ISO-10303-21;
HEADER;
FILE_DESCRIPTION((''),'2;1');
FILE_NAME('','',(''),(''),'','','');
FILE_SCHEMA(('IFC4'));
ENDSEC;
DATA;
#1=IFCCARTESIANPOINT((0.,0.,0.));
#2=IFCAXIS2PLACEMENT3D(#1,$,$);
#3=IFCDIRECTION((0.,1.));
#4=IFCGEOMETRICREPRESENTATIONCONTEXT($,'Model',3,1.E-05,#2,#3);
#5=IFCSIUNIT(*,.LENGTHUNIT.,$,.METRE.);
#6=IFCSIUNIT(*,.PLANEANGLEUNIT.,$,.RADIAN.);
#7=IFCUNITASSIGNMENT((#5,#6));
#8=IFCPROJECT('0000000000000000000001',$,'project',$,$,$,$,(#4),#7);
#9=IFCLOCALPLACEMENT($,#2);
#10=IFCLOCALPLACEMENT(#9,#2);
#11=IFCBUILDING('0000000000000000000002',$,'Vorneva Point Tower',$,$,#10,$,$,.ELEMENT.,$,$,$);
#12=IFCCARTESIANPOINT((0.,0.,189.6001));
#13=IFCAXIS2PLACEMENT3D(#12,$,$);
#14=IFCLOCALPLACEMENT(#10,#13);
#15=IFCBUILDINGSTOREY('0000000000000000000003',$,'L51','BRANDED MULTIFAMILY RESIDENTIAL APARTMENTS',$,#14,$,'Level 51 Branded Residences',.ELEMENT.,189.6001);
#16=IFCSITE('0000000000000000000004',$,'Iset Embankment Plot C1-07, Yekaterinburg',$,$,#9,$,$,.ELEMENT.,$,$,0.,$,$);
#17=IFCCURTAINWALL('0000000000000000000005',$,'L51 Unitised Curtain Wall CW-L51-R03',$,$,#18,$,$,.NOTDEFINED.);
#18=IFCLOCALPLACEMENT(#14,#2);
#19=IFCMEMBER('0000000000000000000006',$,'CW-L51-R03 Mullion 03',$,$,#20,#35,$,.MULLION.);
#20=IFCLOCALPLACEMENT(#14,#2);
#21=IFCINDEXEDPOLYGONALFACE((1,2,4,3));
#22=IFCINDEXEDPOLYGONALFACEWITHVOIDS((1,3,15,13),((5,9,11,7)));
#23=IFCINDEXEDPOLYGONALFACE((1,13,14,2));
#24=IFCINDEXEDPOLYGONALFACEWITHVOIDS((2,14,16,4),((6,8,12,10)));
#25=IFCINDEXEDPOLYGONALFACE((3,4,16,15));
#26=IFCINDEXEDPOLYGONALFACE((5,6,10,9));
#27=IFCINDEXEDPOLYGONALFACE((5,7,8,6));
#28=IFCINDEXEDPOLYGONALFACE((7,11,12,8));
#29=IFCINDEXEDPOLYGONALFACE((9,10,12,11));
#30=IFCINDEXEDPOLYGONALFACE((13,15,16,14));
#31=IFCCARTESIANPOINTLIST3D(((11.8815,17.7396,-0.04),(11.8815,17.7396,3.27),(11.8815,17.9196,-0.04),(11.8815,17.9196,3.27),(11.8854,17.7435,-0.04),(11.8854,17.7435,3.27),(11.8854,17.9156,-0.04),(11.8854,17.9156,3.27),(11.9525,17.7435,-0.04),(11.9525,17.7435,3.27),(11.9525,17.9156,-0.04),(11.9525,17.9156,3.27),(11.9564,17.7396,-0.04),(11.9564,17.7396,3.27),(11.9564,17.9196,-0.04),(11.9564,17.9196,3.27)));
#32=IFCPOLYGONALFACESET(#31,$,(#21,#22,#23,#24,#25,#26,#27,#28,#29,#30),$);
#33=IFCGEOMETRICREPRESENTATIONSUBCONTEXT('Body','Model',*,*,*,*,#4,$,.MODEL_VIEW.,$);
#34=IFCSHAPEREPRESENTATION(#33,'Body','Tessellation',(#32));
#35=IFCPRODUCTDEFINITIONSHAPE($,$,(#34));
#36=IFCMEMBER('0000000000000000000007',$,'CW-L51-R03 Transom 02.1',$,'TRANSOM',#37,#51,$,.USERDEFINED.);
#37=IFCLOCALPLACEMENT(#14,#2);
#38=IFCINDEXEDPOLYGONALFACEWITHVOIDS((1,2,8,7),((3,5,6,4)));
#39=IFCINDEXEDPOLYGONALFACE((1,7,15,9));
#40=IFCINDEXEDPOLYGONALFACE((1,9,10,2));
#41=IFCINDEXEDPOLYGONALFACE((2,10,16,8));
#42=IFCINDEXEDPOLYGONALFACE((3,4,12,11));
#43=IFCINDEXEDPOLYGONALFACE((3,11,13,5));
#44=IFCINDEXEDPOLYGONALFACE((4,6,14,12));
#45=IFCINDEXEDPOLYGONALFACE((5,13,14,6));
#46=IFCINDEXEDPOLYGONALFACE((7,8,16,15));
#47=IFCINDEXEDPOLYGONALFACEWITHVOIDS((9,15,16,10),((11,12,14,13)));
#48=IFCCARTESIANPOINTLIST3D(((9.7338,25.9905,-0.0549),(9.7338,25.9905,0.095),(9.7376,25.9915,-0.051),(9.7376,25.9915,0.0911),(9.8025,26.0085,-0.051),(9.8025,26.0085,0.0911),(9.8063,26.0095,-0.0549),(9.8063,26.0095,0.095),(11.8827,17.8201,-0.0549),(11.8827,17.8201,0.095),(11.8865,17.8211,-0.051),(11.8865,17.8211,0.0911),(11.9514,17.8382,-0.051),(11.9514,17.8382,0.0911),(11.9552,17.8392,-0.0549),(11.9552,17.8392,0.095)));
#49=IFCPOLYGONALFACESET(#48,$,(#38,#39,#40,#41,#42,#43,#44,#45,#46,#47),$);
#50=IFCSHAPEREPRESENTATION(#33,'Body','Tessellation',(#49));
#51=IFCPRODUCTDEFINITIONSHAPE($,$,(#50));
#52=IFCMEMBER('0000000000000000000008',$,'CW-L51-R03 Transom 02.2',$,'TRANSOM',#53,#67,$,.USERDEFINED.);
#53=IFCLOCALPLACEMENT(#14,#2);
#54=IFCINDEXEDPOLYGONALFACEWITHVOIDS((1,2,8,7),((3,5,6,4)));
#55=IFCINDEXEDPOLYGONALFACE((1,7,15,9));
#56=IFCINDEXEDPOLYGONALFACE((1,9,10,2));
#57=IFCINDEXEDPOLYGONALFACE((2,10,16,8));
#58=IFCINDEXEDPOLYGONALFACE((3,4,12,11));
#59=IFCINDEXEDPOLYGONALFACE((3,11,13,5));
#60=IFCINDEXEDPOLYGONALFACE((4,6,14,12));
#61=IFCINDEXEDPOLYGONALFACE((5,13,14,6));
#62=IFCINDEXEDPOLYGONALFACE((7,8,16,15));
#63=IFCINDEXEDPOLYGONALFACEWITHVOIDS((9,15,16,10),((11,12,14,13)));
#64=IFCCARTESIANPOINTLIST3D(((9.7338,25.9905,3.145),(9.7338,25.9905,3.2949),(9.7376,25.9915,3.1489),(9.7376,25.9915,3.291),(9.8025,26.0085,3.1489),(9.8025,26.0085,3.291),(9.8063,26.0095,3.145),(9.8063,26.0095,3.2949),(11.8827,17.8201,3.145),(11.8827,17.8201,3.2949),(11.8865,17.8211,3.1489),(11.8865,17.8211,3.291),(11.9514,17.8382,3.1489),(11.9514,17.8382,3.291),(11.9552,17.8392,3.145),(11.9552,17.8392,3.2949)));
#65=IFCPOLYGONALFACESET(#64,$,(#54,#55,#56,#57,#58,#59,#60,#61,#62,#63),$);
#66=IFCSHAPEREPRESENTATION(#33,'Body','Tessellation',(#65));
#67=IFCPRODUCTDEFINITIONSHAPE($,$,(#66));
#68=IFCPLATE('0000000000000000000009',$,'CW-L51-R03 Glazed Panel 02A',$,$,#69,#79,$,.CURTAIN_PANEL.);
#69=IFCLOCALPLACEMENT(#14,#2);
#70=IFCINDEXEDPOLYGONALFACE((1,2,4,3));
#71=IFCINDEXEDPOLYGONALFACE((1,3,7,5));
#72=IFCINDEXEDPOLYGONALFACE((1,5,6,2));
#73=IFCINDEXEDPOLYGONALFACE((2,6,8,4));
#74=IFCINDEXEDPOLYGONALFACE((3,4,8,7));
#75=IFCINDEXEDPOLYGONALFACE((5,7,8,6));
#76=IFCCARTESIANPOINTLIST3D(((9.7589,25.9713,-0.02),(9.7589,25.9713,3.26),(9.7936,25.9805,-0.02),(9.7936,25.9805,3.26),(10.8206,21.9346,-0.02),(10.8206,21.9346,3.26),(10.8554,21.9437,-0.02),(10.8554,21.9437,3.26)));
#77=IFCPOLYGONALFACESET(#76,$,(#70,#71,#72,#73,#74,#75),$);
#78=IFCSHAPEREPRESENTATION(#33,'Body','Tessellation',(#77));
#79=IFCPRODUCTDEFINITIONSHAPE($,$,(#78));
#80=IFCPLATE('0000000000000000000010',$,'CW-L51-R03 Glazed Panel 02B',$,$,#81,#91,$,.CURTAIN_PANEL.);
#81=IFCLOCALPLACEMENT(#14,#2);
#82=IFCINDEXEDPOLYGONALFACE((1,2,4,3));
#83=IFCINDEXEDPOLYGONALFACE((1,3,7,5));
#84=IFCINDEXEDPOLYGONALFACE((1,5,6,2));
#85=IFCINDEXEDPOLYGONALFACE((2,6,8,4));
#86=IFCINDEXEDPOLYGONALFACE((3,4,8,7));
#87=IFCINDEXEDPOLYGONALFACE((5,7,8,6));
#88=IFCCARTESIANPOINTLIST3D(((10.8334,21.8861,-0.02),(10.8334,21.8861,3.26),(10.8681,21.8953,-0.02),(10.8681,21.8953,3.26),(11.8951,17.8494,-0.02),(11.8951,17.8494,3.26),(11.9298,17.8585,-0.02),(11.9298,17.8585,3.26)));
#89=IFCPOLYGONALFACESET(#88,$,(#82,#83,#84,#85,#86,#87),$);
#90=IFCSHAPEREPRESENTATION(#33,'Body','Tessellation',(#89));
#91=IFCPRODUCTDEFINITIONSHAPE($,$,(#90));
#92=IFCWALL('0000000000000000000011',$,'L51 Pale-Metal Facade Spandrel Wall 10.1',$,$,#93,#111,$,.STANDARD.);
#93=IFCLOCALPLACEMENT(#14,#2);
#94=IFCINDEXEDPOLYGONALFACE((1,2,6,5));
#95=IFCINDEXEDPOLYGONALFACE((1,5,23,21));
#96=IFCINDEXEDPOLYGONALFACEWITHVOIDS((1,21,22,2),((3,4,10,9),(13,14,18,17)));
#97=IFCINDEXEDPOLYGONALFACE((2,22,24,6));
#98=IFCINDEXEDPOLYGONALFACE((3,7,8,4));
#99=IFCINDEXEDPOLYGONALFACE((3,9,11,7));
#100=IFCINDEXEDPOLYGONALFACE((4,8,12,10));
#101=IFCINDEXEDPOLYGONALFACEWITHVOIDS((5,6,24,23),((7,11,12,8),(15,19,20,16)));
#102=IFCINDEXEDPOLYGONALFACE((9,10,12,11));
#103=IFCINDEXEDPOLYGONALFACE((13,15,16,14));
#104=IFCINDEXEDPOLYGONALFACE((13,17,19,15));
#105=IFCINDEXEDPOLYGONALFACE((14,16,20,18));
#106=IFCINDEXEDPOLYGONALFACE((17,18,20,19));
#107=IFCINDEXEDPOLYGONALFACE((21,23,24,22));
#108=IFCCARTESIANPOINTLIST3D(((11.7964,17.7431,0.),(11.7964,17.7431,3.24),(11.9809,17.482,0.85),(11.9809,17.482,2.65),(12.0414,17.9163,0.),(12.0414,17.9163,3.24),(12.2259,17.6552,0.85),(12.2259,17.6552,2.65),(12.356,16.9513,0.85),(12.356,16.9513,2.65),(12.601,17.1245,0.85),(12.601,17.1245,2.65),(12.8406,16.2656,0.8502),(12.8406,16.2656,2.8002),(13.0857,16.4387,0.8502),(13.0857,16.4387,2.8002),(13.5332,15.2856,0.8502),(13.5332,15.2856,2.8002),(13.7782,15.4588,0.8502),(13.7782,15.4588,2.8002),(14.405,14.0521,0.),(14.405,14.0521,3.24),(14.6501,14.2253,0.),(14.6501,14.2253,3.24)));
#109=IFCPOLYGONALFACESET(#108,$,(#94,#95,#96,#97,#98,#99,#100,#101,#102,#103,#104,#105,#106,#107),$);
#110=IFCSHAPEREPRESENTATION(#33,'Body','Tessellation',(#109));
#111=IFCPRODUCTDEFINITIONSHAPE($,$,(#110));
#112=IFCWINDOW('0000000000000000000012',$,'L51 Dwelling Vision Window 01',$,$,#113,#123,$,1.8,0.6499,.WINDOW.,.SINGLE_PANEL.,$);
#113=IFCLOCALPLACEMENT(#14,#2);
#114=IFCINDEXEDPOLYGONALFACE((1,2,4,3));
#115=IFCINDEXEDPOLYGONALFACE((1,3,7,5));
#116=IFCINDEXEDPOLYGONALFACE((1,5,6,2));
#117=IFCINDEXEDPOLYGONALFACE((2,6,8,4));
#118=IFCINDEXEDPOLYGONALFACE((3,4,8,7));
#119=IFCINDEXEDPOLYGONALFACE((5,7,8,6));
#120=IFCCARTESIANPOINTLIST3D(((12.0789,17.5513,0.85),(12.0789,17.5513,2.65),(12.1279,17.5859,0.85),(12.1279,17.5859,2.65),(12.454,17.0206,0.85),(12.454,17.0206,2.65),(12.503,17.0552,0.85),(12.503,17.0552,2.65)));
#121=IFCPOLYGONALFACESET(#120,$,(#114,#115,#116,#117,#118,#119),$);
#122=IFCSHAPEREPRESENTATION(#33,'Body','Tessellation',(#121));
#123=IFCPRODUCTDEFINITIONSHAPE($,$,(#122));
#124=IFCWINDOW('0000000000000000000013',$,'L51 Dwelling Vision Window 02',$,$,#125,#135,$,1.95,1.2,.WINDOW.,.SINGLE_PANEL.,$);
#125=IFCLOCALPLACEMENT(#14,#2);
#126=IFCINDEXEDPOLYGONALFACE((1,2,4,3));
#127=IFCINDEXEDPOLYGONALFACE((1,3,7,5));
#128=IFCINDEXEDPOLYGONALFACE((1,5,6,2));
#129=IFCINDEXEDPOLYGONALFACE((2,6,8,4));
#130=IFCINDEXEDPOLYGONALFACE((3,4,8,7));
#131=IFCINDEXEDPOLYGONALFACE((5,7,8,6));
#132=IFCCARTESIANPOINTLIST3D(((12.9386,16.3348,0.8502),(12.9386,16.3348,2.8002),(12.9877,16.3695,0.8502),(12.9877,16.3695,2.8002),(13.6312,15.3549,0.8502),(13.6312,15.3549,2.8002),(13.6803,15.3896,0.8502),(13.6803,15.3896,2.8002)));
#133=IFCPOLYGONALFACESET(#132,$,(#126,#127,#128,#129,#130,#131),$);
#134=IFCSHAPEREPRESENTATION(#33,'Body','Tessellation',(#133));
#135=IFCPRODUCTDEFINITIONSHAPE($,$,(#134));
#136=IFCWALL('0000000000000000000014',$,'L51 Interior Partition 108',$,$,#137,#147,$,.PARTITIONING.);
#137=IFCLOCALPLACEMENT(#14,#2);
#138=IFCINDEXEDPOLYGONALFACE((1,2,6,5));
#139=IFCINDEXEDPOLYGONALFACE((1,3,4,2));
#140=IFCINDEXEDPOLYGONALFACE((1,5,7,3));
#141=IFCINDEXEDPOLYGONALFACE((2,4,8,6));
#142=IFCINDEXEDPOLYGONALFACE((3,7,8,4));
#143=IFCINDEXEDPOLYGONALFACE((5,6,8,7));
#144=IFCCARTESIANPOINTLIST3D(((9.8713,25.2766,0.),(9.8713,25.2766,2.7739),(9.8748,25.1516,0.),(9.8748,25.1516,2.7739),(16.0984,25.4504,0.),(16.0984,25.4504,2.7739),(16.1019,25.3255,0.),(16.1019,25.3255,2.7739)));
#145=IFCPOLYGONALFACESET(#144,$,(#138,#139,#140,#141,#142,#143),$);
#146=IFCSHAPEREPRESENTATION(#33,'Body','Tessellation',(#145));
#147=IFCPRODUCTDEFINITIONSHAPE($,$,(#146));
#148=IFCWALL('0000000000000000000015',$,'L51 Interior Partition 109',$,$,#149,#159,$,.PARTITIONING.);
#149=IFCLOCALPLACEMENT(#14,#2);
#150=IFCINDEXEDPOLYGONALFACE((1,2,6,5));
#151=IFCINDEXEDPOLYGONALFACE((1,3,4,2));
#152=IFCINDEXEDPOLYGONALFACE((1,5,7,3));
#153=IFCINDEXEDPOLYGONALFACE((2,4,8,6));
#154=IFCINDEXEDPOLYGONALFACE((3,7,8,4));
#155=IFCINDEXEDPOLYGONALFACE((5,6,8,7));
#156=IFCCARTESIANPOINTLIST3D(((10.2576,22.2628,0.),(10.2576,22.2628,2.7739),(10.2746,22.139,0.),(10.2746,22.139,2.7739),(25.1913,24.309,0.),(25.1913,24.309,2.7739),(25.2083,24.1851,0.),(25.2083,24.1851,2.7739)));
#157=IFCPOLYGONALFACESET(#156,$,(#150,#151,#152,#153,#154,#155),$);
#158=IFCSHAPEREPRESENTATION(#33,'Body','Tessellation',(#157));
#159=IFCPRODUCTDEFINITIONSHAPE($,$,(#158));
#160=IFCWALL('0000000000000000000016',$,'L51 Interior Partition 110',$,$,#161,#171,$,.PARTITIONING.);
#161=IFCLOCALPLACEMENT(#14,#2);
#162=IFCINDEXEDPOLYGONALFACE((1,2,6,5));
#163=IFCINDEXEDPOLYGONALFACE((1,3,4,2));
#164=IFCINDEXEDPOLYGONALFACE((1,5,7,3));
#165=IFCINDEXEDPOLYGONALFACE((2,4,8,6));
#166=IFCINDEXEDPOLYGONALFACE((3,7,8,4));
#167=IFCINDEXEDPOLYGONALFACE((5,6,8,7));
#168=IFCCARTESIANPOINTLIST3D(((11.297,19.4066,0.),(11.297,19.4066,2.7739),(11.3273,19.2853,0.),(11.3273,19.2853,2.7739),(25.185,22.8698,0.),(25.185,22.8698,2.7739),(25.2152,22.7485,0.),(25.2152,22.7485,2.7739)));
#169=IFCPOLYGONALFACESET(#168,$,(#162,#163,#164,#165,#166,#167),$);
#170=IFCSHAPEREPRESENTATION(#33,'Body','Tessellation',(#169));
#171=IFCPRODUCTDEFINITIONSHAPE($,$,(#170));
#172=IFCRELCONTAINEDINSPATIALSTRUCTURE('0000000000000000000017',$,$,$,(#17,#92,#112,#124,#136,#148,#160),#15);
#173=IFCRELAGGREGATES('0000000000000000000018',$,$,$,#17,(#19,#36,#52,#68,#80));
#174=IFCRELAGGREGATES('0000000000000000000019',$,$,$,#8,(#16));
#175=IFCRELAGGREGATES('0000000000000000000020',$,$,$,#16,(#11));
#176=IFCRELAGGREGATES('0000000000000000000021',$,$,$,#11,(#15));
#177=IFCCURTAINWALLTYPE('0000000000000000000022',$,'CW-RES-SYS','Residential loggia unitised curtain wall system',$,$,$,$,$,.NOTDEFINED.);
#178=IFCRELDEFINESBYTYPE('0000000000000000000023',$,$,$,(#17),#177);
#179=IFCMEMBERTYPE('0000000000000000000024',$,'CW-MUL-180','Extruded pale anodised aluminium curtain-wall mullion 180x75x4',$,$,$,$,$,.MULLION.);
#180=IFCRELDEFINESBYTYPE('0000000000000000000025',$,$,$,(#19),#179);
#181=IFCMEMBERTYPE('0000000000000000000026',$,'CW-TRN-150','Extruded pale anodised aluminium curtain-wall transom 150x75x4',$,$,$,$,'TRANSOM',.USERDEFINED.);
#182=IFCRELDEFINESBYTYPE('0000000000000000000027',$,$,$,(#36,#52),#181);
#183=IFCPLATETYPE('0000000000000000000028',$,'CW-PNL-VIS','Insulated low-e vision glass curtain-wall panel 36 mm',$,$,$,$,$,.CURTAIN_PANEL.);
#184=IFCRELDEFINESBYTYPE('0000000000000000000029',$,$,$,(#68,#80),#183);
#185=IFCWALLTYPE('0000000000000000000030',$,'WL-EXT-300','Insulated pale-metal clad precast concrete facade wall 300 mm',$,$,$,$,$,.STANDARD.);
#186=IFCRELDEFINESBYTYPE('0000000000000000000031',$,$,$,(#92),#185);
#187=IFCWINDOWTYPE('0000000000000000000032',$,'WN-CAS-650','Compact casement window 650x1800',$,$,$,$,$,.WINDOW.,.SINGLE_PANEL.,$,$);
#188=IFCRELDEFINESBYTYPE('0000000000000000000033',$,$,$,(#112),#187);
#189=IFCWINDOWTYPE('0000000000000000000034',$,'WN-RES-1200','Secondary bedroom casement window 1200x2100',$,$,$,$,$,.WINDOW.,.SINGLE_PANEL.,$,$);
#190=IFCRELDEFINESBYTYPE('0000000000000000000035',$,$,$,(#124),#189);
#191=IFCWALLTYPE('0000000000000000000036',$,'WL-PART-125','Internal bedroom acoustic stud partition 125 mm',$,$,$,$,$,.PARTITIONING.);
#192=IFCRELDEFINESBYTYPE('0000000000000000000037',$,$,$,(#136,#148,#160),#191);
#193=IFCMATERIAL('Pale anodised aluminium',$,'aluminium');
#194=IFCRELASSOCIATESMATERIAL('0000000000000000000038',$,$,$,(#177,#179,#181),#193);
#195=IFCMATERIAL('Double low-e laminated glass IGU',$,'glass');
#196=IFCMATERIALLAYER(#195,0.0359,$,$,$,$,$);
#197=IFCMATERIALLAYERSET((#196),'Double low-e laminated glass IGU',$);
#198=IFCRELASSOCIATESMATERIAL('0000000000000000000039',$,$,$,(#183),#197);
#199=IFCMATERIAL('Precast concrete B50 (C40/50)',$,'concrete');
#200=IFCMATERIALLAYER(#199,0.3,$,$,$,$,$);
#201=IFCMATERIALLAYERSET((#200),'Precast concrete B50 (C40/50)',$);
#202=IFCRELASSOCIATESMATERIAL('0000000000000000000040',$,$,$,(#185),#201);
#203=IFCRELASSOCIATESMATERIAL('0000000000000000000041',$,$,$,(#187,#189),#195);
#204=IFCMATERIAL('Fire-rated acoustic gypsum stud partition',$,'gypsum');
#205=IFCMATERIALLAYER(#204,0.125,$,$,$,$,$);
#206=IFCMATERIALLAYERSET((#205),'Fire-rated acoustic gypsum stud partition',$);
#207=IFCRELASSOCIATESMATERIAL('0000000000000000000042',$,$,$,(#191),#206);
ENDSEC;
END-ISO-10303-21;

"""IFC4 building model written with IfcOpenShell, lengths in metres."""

from ifc_helpers import new_model, si_unit, direction, frame, frame_2d, origin, origin_2d, place, context, subcontext, project, spatial, rectangle, hollow_rectangle, extrude, material, layer, layer_set, material_profile, profile_set, type_object, element, fill, aggregate, save


model = new_model("IFC4")

# Units and contexts
model_context = context("Model", 3, precision=1e-05, world=origin(), true_north=direction((0.0, 1.0)))
body_context = subcontext(model_context, "Body", "Model", "MODEL_VIEW")
ifc_project = project(units=[si_unit("LENGTHUNIT", "METRE"), si_unit("PLANEANGLEUNIT", "RADIAN")], contexts=[model_context])

# Site, building, storey
site_placement = place(None, origin())
site = spatial("IfcSite", under=ifc_project, at=site_placement, Name="Iset Embankment Plot C1-07, Yekaterinburg", CompositionType="ELEMENT", RefElevation=0.0)
building_placement = place(site_placement, origin())
building = spatial("IfcBuilding", under=site, at=building_placement, Name="Vorneva Point Tower", CompositionType="ELEMENT")
storey_placement = place(building_placement, frame((0.0, 0.0, 189.6001)))
storey = spatial("IfcBuildingStorey", under=building, at=storey_placement, Name="L51", Description="BRANDED MULTIFAMILY RESIDENTIAL APARTMENTS", LongName="Level 51 Branded Residences", CompositionType="ELEMENT", Elevation=189.6001)

# Curtain wall, members, plates
ifc_material_1 = material(Name="Pale anodised aluminium", Category="aluminium")
curtain_wall_type = type_object("IfcCurtainWallType", Name="CW-RES-SYS", Description="Residential loggia unitised curtain wall system", PredefinedType="NOTDEFINED", material=ifc_material_1)
curtain_wall_placement = place(storey_placement, origin())
curtain_wall = element("IfcCurtainWall", 1, at=curtain_wall_placement, inside=storey, type_object=curtain_wall_type, Name="L51 Unitised Curtain Wall CW-L51-R03", PredefinedType="NOTDEFINED")
ifc_material_profile_1 = material_profile(ifc_material_1, hollow_rectangle(XDim=0.075, YDim=0.1799, WallThickness=0.0039, at=origin_2d()), Name="AL-MUL 180x75x4")
ifc_profile_set_1 = profile_set([ifc_material_profile_1], Name="Pale anodised aluminium")
member_type_1 = type_object("IfcMemberType", Name="CW-MUL-180", Description="Extruded pale anodised aluminium curtain-wall mullion 180x75x4", PredefinedType="MULLION", material=ifc_profile_set_1)
member_1_placement = place(storey_placement, frame((11.9189, 17.8296, -0.04), z_axis=(0.0, 0.0, 1.0), x_axis=(1.0, 0.0, 0.0)))
member_1 = element("IfcMember", 2, at=member_1_placement, type_object=member_type_1, Name="CW-L51-R03 Mullion 03", PredefinedType="MULLION", context=body_context, shape_type="SweptSolid", body=[
    extrude(hollow_rectangle(XDim=0.075, YDim=0.1799, WallThickness=0.0039, at=origin_2d()), origin(), (0.0, 0.0, 1.0), 3.3101),
])
ifc_material_profile_2 = material_profile(ifc_material_1, hollow_rectangle(XDim=0.075, YDim=0.1499, WallThickness=0.0039, at=origin_2d()), Name="AL-TRN 150x75x4")
ifc_profile_set_2 = profile_set([ifc_material_profile_2], Name="Pale anodised aluminium")
member_type_2 = type_object("IfcMemberType", Name="CW-TRN-150", Description="Extruded pale anodised aluminium curtain-wall transom 150x75x4", ElementType="TRANSOM", PredefinedType="USERDEFINED", material=ifc_profile_set_2)
member_2_placement = place(storey_placement, frame((9.77, 26.0, 0.02), z_axis=(0.254362, -0.967109, 0.0), x_axis=(0.967109, 0.254362, 0.0)))
member_2 = element("IfcMember", 3, at=member_2_placement, type_object=member_type_2, Name="CW-L51-R03 Transom 02.1", ObjectType="TRANSOM", PredefinedType="USERDEFINED", context=body_context, shape_type="SweptSolid", body=[
    extrude(hollow_rectangle(XDim=0.075, YDim=0.1499, WallThickness=0.0039, at=origin_2d()), origin(), (0.0, 0.0, 1.0), 8.4482),
])
member_3_placement = place(storey_placement, frame((9.77, 26.0, 3.22), z_axis=(0.254362, -0.967109, 0.0), x_axis=(0.967109, 0.254362, 0.0)))
member_3 = element("IfcMember", 4, at=member_3_placement, type_object=member_type_2, Name="CW-L51-R03 Transom 02.2", ObjectType="TRANSOM", PredefinedType="USERDEFINED", context=body_context, shape_type="SweptSolid", body=[
    extrude(hollow_rectangle(XDim=0.075, YDim=0.1499, WallThickness=0.0039, at=origin_2d()), origin(), (0.0, 0.0, 1.0), 8.4482),
])
ifc_material_2 = material(Name="Double low-e laminated glass IGU", Category="glass")
ifc_layer_1 = layer(ifc_material_2, 0.0359)
ifc_layer_set_1 = layer_set([ifc_layer_1], Name="Double low-e laminated glass IGU")
plate_type = type_object("IfcPlateType", Name="CW-PNL-VIS", Description="Insulated low-e vision glass curtain-wall panel 36 mm", PredefinedType="CURTAIN_PANEL", material=ifc_layer_set_1)
plate_1_placement = place(storey_placement, frame((10.3071, 23.9575, -0.02), z_axis=(0.0, 0.0, 1.0), x_axis=(0.254366, -0.967108, 0.0)))
plate_1 = element("IfcPlate", 5, at=plate_1_placement, type_object=plate_type, Name="CW-L51-R03 Glazed Panel 02A", PredefinedType="CURTAIN_PANEL", context=body_context, shape_type="SweptSolid", body=[
    extrude(rectangle(XDim=4.1741, YDim=0.0359, at=origin_2d()), origin(), (0.0, 0.0, 1.0), 3.28),
])
plate_2_placement = place(storey_placement, frame((11.3816, 19.8723, -0.02), z_axis=(0.0, 0.0, 1.0), x_axis=(0.254366, -0.967108, 0.0)))
plate_2 = element("IfcPlate", 6, at=plate_2_placement, type_object=plate_type, Name="CW-L51-R03 Glazed Panel 02B", PredefinedType="CURTAIN_PANEL", context=body_context, shape_type="SweptSolid", body=[
    extrude(rectangle(XDim=4.1741, YDim=0.0359, at=origin_2d()), origin(), (0.0, 0.0, 1.0), 3.28),
])
aggregate(curtain_wall, [member_1, member_2, member_3, plate_1, plate_2])

# Wall, openings, windows
ifc_material_3 = material(Name="Precast concrete B50 (C40/50)", Category="concrete")
ifc_layer_2 = layer(ifc_material_3, 0.3)
ifc_layer_set_2 = layer_set([ifc_layer_2], Name="Precast concrete B50 (C40/50)")
wall_type_1 = type_object("IfcWallType", Name="WL-EXT-300", Description="Insulated pale-metal clad precast concrete facade wall 300 mm", PredefinedType="STANDARD", material=ifc_layer_set_2)
wall_1_placement = place(storey_placement, frame((11.9189, 17.8296, 0.0), z_axis=(0.0, 0.0, 1.0), x_axis=(0.577169, -0.816625, 0.0)))
wall_1 = element("IfcWall", 7, at=wall_1_placement, inside=storey, type_object=wall_type_1, Name="L51 Pale-Metal Facade Spandrel Wall 10.1", PredefinedType="STANDARD", context=body_context, shape_type="SweptSolid", body=[
    extrude(rectangle(XDim=4.5198, YDim=0.3, at=frame_2d((2.2598, 0.0))), origin(), (0.0, 0.0, 1.0), 3.24),
])
opening_1_placement = place(wall_1_placement, frame((0.3196, 0.0, 0.8501)))
opening_1 = element("IfcOpeningElement", 8, at=opening_1_placement, cuts=wall_1, PredefinedType="OPENING", context=body_context, shape_type="SweptSolid", body=[
    extrude(rectangle(XDim=0.6499, YDim=1.8, at=frame_2d((0.325, 0.8999))), frame((0.0, 0.165, 0.0), z_axis=(0.0, -1.0, 0.0), x_axis=(1.0, 0.0, 0.0)), (0.0, 0.0, 1.0), 0.3298),
])
opening_2_placement = place(wall_1_placement, frame((1.8091, 0.0, 0.8501)))
opening_2 = element("IfcOpeningElement", 9, at=opening_2_placement, cuts=wall_1, PredefinedType="OPENING", context=body_context, shape_type="SweptSolid", body=[
    extrude(rectangle(XDim=1.2, YDim=1.95, at=frame_2d((0.6001, 0.9751))), frame((0.0, 0.165, 0.0), z_axis=(0.0, -1.0, 0.0), x_axis=(1.0, 0.0, 0.0)), (0.0, 0.0, 1.0), 0.3298),
])
window_type_1 = type_object("IfcWindowType", Name="WN-CAS-650", Description="Compact casement window 650x1800", PartitioningType="SINGLE_PANEL", PredefinedType="WINDOW", material=ifc_material_2)
window_1_placement = place(opening_1_placement, origin())
window_1 = element("IfcWindow", 10, at=window_1_placement, inside=storey, type_object=window_type_1, Name="L51 Dwelling Vision Window 01", OverallHeight=1.8, OverallWidth=0.6499, PartitioningType="SINGLE_PANEL", PredefinedType="WINDOW", context=body_context, shape_type="SweptSolid", body=[
    extrude(rectangle(XDim=0.6499, YDim=1.8, at=frame_2d((0.325, 0.8999))), frame((0.0, 0.03, 0.0), z_axis=(0.0, -1.0, 0.0), x_axis=(1.0, 0.0, 0.0)), (0.0, 0.0, 1.0), 0.0601),
])
fill(opening_1, window_1)
window_type_2 = type_object("IfcWindowType", Name="WN-RES-1200", Description="Secondary bedroom casement window 1200x2100", PartitioningType="SINGLE_PANEL", PredefinedType="WINDOW", material=ifc_material_2)
window_2_placement = place(opening_2_placement, origin())
window_2 = element("IfcWindow", 11, at=window_2_placement, inside=storey, type_object=window_type_2, Name="L51 Dwelling Vision Window 02", OverallHeight=1.95, OverallWidth=1.2, PartitioningType="SINGLE_PANEL", PredefinedType="WINDOW", context=body_context, shape_type="SweptSolid", body=[
    extrude(rectangle(XDim=1.2, YDim=1.95, at=frame_2d((0.6001, 0.9751))), frame((0.0, 0.03, 0.0), z_axis=(0.0, -1.0, 0.0), x_axis=(1.0, 0.0, 0.0)), (0.0, 0.0, 1.0), 0.0601),
])
fill(opening_2, window_2)

# Walls
ifc_material_4 = material(Name="Fire-rated acoustic gypsum stud partition", Category="gypsum")
ifc_layer_3 = layer(ifc_material_4, 0.125)
ifc_layer_set_3 = layer_set([ifc_layer_3], Name="Fire-rated acoustic gypsum stud partition")
wall_type_2 = type_object("IfcWallType", Name="WL-PART-125", Description="Internal bedroom acoustic stud partition 125 mm", PredefinedType="PARTITIONING", material=ifc_layer_set_3)
wall_2_placement = place(storey_placement, frame((9.873, 25.2141, 0.0), z_axis=(0.0, 0.0, 1.0), x_axis=(0.999611, 0.027904, 0.0)))
element("IfcWall", 12, at=wall_2_placement, inside=storey, type_object=wall_type_2, Name="L51 Interior Partition 108", PredefinedType="PARTITIONING", context=body_context, shape_type="SweptSolid", body=[
    extrude(rectangle(XDim=6.2295, YDim=0.125, at=frame_2d((3.1147, 0.0))), origin(), (0.0, 0.0, 1.0), 2.7739),
])
wall_3_placement = place(storey_placement, frame((10.2661, 22.2009, 0.0), z_axis=(0.0, 0.0, 1.0), x_axis=(0.990744, 0.135746, 0.0)))
element("IfcWall", 13, at=wall_3_placement, inside=storey, type_object=wall_type_2, Name="L51 Interior Partition 109", PredefinedType="PARTITIONING", context=body_context, shape_type="SweptSolid", body=[
    extrude(rectangle(XDim=15.0732, YDim=0.125, at=frame_2d((7.5366, 0.0))), origin(), (0.0, 0.0, 1.0), 2.7739),
])
wall_4_placement = place(storey_placement, frame((11.312, 19.3459, 0.0), z_axis=(0.0, 0.0, 1.0), x_axis=(0.970288, 0.241954, 0.0)))
element("IfcWall", 14, at=wall_4_placement, inside=storey, type_object=wall_type_2, Name="L51 Interior Partition 110", PredefinedType="PARTITIONING", context=body_context, shape_type="SweptSolid", body=[
    extrude(rectangle(XDim=14.3132, YDim=0.125, at=frame_2d((7.1567, 0.0))), origin(), (0.0, 0.0, 1.0), 2.7739),
])

save(model, "model.ifc")
